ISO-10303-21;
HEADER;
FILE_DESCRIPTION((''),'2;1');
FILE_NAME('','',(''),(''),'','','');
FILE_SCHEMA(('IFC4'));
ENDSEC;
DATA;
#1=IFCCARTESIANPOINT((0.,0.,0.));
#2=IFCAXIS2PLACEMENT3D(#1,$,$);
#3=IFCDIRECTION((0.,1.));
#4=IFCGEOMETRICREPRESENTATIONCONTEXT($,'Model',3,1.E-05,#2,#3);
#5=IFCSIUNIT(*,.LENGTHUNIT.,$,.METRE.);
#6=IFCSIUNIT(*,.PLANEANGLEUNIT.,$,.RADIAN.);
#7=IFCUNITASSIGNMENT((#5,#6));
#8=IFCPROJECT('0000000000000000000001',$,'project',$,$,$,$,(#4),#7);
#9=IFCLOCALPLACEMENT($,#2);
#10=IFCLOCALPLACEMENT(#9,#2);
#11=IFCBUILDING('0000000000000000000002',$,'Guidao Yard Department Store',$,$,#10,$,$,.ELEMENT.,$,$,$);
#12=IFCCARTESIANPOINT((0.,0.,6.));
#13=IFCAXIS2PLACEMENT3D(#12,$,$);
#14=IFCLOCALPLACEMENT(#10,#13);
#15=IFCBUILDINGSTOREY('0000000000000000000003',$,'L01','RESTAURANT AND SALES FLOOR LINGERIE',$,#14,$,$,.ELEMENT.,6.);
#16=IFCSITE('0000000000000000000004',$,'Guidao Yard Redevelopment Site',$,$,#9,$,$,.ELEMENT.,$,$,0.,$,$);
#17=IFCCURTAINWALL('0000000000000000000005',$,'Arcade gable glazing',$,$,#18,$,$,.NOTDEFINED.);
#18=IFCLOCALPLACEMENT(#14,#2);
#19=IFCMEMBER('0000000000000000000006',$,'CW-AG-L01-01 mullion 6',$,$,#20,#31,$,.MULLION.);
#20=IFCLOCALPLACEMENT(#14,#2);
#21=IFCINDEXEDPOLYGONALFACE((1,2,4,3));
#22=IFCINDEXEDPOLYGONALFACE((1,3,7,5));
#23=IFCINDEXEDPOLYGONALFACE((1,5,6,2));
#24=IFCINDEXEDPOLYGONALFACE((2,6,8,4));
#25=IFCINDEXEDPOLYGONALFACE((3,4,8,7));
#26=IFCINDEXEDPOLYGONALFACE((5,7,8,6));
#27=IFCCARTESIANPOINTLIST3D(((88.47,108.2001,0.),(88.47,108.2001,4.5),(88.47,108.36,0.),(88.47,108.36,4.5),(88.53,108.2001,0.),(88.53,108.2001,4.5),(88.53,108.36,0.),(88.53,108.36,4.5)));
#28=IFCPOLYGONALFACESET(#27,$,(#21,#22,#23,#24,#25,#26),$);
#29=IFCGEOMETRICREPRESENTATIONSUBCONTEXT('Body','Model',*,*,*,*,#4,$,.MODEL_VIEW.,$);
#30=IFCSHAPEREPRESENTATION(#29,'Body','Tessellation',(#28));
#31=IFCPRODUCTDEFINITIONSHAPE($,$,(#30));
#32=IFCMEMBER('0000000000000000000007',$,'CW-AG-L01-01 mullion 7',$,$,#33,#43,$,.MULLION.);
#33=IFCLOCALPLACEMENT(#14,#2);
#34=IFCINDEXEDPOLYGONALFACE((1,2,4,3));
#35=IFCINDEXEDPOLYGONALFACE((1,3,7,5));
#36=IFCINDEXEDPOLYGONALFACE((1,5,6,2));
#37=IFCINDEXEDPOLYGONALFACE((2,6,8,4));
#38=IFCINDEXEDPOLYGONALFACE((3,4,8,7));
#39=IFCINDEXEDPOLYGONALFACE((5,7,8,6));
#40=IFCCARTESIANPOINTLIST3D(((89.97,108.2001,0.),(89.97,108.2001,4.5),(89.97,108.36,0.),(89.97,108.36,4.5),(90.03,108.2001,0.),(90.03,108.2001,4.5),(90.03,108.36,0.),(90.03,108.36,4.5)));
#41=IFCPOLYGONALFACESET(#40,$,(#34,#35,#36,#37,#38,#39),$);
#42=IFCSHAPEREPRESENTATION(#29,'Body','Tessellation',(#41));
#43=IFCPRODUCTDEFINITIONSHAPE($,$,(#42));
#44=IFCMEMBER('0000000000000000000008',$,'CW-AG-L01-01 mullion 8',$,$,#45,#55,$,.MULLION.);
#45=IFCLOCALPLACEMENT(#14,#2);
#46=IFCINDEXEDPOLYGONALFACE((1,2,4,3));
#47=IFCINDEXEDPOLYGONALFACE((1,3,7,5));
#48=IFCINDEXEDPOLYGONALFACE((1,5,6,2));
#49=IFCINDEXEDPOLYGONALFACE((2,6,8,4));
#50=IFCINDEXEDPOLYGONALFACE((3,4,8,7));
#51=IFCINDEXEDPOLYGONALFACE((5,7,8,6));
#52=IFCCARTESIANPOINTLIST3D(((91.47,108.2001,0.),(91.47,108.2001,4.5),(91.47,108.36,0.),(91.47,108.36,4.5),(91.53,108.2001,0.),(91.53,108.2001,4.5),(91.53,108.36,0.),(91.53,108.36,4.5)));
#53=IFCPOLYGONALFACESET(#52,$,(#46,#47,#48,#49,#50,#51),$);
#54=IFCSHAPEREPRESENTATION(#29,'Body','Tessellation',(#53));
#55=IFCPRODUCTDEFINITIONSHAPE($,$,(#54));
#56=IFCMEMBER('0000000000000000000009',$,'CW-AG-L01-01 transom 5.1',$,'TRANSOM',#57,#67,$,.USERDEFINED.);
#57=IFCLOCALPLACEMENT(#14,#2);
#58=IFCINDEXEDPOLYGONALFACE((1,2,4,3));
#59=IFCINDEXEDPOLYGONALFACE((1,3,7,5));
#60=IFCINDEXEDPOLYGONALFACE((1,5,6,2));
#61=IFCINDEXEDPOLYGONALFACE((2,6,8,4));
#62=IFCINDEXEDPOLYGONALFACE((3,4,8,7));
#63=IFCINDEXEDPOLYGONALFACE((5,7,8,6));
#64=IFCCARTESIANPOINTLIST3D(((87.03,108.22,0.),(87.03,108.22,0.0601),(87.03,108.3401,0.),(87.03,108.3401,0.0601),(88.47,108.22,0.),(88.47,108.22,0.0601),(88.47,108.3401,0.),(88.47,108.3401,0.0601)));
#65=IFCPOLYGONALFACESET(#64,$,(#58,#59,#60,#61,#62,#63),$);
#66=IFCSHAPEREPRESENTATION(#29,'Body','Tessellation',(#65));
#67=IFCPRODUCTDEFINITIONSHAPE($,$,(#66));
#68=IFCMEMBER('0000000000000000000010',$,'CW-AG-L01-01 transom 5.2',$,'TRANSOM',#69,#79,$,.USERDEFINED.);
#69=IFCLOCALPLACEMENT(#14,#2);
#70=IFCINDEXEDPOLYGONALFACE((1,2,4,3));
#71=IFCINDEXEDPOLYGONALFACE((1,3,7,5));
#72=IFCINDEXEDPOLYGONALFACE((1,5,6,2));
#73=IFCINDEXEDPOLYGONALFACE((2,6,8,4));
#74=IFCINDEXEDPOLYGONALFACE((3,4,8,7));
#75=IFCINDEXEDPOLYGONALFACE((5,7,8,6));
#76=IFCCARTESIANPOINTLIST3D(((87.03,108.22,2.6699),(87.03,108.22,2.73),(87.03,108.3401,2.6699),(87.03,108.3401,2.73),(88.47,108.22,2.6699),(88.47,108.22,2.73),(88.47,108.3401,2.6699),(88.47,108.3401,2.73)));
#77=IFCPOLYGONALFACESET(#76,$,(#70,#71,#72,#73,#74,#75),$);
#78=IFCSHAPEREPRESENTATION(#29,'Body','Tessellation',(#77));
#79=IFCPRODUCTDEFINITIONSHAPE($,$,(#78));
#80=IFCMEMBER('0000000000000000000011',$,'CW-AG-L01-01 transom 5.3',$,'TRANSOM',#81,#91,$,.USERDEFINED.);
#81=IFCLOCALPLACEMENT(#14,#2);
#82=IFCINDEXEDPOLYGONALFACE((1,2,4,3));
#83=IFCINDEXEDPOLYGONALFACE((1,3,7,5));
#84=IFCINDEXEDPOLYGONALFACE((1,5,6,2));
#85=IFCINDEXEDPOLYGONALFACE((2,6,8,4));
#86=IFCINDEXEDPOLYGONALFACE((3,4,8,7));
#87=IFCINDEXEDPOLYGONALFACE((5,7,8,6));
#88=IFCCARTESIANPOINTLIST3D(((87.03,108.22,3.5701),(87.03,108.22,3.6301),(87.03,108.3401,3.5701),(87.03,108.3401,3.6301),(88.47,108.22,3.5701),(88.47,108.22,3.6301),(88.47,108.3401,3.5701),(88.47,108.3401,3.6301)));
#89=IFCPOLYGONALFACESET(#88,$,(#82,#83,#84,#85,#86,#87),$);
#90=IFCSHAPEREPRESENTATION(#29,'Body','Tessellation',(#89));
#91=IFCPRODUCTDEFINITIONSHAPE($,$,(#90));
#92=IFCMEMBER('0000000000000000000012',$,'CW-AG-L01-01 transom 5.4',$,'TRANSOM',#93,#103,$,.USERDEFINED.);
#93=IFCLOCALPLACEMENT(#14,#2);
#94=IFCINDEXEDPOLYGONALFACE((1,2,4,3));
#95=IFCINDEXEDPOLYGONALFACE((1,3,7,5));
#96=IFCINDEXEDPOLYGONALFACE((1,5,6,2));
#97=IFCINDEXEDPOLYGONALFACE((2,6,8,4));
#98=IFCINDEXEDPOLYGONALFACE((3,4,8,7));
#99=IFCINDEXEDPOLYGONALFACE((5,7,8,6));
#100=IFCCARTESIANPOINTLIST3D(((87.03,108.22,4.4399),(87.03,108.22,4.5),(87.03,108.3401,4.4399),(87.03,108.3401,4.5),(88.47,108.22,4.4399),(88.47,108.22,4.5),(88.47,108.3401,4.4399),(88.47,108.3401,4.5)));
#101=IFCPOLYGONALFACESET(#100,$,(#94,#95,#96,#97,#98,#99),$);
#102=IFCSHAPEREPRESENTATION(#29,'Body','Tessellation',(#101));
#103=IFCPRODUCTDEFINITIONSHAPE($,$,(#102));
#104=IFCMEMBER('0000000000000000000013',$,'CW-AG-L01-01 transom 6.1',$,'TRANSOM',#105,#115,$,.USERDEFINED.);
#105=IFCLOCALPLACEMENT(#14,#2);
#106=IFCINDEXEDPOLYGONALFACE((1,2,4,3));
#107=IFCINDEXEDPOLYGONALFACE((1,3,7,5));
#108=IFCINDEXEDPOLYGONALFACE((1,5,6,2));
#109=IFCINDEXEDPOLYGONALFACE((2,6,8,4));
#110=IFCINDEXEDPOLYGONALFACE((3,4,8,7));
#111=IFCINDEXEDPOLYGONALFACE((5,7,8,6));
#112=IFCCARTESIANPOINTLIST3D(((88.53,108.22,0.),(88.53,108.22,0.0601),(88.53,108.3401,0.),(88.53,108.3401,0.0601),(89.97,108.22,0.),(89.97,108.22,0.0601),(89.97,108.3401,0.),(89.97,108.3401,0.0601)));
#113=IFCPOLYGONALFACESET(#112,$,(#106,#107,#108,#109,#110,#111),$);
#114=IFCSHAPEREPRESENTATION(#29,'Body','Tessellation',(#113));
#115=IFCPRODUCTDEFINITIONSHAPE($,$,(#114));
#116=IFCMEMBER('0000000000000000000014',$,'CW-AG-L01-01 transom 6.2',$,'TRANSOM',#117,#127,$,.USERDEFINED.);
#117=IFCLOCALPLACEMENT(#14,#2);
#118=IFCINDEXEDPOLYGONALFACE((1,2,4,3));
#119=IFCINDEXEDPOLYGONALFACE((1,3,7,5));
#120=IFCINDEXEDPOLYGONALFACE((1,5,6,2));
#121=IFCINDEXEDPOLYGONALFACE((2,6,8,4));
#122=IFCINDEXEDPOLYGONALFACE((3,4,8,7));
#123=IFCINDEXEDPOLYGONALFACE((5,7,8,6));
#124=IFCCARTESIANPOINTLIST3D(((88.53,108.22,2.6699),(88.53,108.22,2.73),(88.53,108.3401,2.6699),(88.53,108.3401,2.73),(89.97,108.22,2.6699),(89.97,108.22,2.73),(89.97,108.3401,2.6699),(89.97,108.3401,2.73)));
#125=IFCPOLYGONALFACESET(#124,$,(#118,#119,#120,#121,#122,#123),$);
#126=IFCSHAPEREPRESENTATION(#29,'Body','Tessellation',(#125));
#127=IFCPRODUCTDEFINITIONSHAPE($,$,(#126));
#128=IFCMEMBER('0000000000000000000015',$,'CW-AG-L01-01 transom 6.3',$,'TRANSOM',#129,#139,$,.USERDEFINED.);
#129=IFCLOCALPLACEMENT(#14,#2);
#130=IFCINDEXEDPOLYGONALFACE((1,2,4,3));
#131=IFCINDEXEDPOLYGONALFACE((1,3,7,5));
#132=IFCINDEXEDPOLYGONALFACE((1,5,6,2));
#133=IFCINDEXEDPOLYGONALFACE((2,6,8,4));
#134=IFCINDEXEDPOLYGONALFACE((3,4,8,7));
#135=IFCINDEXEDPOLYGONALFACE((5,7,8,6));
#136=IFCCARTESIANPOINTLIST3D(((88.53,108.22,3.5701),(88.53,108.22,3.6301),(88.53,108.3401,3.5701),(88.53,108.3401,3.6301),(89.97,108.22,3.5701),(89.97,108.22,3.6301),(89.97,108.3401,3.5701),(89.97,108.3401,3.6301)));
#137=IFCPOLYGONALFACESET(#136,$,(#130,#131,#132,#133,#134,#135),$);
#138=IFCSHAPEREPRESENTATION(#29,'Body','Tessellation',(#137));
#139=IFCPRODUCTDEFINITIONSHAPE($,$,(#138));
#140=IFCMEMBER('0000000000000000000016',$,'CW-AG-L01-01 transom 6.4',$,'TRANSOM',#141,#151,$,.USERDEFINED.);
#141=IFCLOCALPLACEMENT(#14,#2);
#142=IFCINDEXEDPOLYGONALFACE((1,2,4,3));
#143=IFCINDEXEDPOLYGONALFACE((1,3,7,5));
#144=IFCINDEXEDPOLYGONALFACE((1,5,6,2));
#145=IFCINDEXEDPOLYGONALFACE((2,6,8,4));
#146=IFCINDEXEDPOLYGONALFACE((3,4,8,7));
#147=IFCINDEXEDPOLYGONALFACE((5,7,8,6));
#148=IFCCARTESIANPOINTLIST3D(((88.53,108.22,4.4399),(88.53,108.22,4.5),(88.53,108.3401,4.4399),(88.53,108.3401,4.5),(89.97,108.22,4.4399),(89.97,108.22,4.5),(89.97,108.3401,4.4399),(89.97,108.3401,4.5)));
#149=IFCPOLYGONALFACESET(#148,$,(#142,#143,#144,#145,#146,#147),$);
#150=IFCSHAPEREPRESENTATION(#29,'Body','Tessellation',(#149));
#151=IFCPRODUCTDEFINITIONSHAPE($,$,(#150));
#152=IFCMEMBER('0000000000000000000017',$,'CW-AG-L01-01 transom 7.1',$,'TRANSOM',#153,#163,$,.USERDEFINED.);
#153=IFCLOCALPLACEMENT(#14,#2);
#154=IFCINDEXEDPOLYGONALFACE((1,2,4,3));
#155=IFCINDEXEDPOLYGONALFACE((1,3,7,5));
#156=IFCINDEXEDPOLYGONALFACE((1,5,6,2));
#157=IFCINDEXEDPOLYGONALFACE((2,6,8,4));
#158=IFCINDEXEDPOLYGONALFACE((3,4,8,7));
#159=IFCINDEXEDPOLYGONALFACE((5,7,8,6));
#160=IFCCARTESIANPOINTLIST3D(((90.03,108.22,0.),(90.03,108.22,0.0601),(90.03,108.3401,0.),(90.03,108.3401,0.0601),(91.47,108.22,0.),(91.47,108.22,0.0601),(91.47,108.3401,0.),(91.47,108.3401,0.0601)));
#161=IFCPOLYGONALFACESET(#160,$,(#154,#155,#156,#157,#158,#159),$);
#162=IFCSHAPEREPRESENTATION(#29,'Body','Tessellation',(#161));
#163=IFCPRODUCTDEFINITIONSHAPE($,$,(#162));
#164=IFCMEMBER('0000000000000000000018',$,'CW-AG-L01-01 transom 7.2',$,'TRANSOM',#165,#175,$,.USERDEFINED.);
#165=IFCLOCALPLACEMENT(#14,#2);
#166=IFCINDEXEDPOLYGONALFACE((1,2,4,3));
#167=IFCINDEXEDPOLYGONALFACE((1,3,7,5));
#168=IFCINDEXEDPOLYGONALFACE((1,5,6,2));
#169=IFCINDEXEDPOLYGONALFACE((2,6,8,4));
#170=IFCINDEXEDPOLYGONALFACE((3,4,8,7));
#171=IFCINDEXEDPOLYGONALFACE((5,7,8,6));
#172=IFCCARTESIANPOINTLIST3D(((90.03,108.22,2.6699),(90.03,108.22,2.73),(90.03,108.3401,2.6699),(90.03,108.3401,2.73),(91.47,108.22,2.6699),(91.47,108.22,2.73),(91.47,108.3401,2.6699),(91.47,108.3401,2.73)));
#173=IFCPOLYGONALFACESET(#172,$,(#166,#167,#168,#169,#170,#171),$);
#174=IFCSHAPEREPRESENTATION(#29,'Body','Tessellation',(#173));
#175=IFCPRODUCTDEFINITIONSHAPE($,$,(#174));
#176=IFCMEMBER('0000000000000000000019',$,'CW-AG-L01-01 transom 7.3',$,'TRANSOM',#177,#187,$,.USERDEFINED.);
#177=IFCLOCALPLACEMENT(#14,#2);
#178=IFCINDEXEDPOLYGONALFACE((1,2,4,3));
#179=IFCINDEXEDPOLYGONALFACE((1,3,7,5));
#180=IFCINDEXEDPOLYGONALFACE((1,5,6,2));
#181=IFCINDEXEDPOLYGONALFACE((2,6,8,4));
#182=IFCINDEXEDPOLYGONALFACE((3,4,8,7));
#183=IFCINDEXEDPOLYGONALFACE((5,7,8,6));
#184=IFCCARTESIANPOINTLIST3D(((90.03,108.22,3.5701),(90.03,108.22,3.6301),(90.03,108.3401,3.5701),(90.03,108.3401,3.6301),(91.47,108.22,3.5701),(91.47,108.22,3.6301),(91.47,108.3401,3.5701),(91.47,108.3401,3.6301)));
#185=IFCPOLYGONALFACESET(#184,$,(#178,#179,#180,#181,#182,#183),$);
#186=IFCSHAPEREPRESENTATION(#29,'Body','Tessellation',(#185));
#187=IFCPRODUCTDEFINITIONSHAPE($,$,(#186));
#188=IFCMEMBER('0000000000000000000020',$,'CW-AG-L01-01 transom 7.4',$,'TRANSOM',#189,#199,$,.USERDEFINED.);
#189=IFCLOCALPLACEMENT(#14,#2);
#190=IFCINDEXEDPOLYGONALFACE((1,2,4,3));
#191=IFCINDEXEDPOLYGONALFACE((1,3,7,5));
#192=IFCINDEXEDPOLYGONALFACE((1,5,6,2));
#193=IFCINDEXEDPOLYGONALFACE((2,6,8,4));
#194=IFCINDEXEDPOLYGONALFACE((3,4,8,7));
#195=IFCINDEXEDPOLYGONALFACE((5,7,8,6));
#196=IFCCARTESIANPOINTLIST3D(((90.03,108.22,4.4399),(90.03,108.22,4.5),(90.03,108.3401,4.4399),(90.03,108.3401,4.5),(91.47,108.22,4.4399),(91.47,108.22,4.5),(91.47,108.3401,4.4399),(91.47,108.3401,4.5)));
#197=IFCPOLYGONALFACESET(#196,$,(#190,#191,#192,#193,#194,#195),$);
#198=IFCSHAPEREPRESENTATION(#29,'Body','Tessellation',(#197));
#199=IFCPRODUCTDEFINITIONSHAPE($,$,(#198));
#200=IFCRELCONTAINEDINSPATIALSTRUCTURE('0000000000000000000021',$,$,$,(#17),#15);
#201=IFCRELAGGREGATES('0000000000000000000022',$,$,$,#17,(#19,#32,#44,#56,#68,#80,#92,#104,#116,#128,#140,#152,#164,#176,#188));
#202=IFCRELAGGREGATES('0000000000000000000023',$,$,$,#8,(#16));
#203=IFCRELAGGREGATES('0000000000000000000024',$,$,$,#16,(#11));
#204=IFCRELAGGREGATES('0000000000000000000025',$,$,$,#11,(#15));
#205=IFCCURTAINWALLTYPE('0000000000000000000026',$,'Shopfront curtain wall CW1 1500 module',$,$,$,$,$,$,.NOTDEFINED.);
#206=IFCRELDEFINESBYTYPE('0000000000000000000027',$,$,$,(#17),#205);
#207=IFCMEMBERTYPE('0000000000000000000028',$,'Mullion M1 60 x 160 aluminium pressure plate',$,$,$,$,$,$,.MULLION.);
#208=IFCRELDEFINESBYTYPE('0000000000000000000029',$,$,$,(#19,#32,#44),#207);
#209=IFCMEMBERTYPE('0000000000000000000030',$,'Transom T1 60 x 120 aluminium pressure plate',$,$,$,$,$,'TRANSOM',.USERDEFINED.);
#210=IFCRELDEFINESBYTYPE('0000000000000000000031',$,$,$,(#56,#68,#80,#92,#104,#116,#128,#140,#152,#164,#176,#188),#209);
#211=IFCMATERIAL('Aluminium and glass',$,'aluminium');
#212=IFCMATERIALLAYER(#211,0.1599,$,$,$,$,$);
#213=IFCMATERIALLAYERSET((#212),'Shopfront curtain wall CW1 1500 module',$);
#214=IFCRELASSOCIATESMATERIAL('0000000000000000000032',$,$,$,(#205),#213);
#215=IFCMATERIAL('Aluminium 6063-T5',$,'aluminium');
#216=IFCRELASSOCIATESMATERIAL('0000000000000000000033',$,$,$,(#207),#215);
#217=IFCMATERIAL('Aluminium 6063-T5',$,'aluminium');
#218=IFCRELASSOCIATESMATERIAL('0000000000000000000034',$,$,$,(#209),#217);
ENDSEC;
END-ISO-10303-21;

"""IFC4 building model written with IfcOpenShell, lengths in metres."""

from ifc_helpers import new_model, si_unit, direction, frame, origin, origin_2d, place, context, subcontext, project, spatial, rectangle, extrude, material, layer, layer_set, material_profile, profile_set, type_object, element, aggregate, save


model = new_model("IFC4")

# Units and contexts
model_context = context("Model", 3, precision=1e-05, world=origin(), true_north=direction((0.0, 1.0)))
body_context = subcontext(model_context, "Body", "Model", "MODEL_VIEW")
ifc_project = project(units=[si_unit("LENGTHUNIT", "METRE"), si_unit("PLANEANGLEUNIT", "RADIAN")], contexts=[model_context])

# Site, building, storey
site_placement = place(None, origin())
site = spatial("IfcSite", under=ifc_project, at=site_placement, Name="Guidao Yard Redevelopment Site", CompositionType="ELEMENT", RefElevation=0.0)
building_placement = place(site_placement, origin())
building = spatial("IfcBuilding", under=site, at=building_placement, Name="Guidao Yard Department Store", CompositionType="ELEMENT")
storey_placement = place(building_placement, frame((0.0, 0.0, 6.0)))
storey = spatial("IfcBuildingStorey", under=building, at=storey_placement, Name="L01", Description="RESTAURANT AND SALES FLOOR LINGERIE", CompositionType="ELEMENT", Elevation=6.0)

# Curtain wall, members
ifc_material_1 = material(Name="Aluminium and glass", Category="aluminium")
ifc_layer_1 = layer(ifc_material_1, 0.1599)
ifc_layer_set_1 = layer_set([ifc_layer_1], Name="Shopfront curtain wall CW1 1500 module")
curtain_wall_type = type_object("IfcCurtainWallType", Name="Shopfront curtain wall CW1 1500 module", PredefinedType="NOTDEFINED", material=ifc_layer_set_1)
curtain_wall_placement = place(storey_placement, origin())
curtain_wall = element("IfcCurtainWall", 1, at=curtain_wall_placement, inside=storey, type_object=curtain_wall_type, Name="Arcade gable glazing", PredefinedType="NOTDEFINED")
ifc_material_2 = material(Name="Aluminium 6063-T5", Category="aluminium")
ifc_material_profile_1 = material_profile(ifc_material_2, rectangle(XDim=0.0601, YDim=0.1599, at=origin_2d()), Name="Mullion M1 60 x 160 aluminium pressure plate")
ifc_profile_set_1 = profile_set([ifc_material_profile_1], Name="Aluminium 6063-T5")
member_type_1 = type_object("IfcMemberType", Name="Mullion M1 60 x 160 aluminium pressure plate", PredefinedType="MULLION", material=ifc_profile_set_1)
member_1_placement = place(storey_placement, frame((88.5, 108.28, 0.0), z_axis=(0.0, 0.0, 1.0), x_axis=(1.0, 0.0, 0.0)))
member_1 = element("IfcMember", 2, at=member_1_placement, type_object=member_type_1, Name="CW-AG-L01-01 mullion 6", PredefinedType="MULLION", context=body_context, shape_type="SweptSolid", body=[
    extrude(rectangle(XDim=0.0601, YDim=0.1599, at=origin_2d()), origin(), (0.0, 0.0, 1.0), 4.5),
])
member_2_placement = place(storey_placement, frame((90.0, 108.28, 0.0), z_axis=(0.0, 0.0, 1.0), x_axis=(1.0, 0.0, 0.0)))
member_2 = element("IfcMember", 3, at=member_2_placement, type_object=member_type_1, Name="CW-AG-L01-01 mullion 7", PredefinedType="MULLION", context=body_context, shape_type="SweptSolid", body=[
    extrude(rectangle(XDim=0.0601, YDim=0.1599, at=origin_2d()), origin(), (0.0, 0.0, 1.0), 4.5),
])
member_3_placement = place(storey_placement, frame((91.5, 108.28, 0.0), z_axis=(0.0, 0.0, 1.0), x_axis=(1.0, 0.0, 0.0)))
member_3 = element("IfcMember", 4, at=member_3_placement, type_object=member_type_1, Name="CW-AG-L01-01 mullion 8", PredefinedType="MULLION", context=body_context, shape_type="SweptSolid", body=[
    extrude(rectangle(XDim=0.0601, YDim=0.1599, at=origin_2d()), origin(), (0.0, 0.0, 1.0), 4.5),
])
ifc_material_3 = material(Name="Aluminium 6063-T5", Category="aluminium")
ifc_material_profile_2 = material_profile(ifc_material_3, rectangle(XDim=0.1201, YDim=0.0601, at=origin_2d()), Name="Transom T1 60 x 120 aluminium pressure plate")
ifc_profile_set_2 = profile_set([ifc_material_profile_2], Name="Aluminium 6063-T5")
member_type_2 = type_object("IfcMemberType", Name="Transom T1 60 x 120 aluminium pressure plate", ElementType="TRANSOM", PredefinedType="USERDEFINED", material=ifc_profile_set_2)
member_4_placement = place(storey_placement, frame((87.03, 108.28, 0.03), z_axis=(1.0, 0.0, 0.0), x_axis=(0.0, 1.0, 0.0)))
member_4 = element("IfcMember", 5, at=member_4_placement, type_object=member_type_2, Name="CW-AG-L01-01 transom 5.1", ObjectType="TRANSOM", PredefinedType="USERDEFINED", context=body_context, shape_type="SweptSolid", body=[
    extrude(rectangle(XDim=0.1201, YDim=0.0601, at=origin_2d()), origin(), (0.0, 0.0, 1.0), 1.4399),
])
member_5_placement = place(storey_placement, frame((87.03, 108.28, 2.7), z_axis=(1.0, 0.0, 0.0), x_axis=(0.0, 1.0, 0.0)))
member_5 = element("IfcMember", 6, at=member_5_placement, type_object=member_type_2, Name="CW-AG-L01-01 transom 5.2", ObjectType="TRANSOM", PredefinedType="USERDEFINED", context=body_context, shape_type="SweptSolid", body=[
    extrude(rectangle(XDim=0.1201, YDim=0.0601, at=origin_2d()), origin(), (0.0, 0.0, 1.0), 1.4399),
])
member_6_placement = place(storey_placement, frame((87.03, 108.28, 3.6001), z_axis=(1.0, 0.0, 0.0), x_axis=(0.0, 1.0, 0.0)))
member_6 = element("IfcMember", 7, at=member_6_placement, type_object=member_type_2, Name="CW-AG-L01-01 transom 5.3", ObjectType="TRANSOM", PredefinedType="USERDEFINED", context=body_context, shape_type="SweptSolid", body=[
    extrude(rectangle(XDim=0.1201, YDim=0.0601, at=origin_2d()), origin(), (0.0, 0.0, 1.0), 1.4399),
])
member_7_placement = place(storey_placement, frame((87.03, 108.28, 4.47), z_axis=(1.0, 0.0, 0.0), x_axis=(0.0, 1.0, 0.0)))
member_7 = element("IfcMember", 8, at=member_7_placement, type_object=member_type_2, Name="CW-AG-L01-01 transom 5.4", ObjectType="TRANSOM", PredefinedType="USERDEFINED", context=body_context, shape_type="SweptSolid", body=[
    extrude(rectangle(XDim=0.1201, YDim=0.0601, at=origin_2d()), origin(), (0.0, 0.0, 1.0), 1.4399),
])
member_8_placement = place(storey_placement, frame((88.53, 108.28, 0.03), z_axis=(1.0, 0.0, 0.0), x_axis=(0.0, 1.0, 0.0)))
member_8 = element("IfcMember", 9, at=member_8_placement, type_object=member_type_2, Name="CW-AG-L01-01 transom 6.1", ObjectType="TRANSOM", PredefinedType="USERDEFINED", context=body_context, shape_type="SweptSolid", body=[
    extrude(rectangle(XDim=0.1201, YDim=0.0601, at=origin_2d()), origin(), (0.0, 0.0, 1.0), 1.4399),
])
member_9_placement = place(storey_placement, frame((88.53, 108.28, 2.7), z_axis=(1.0, 0.0, 0.0), x_axis=(0.0, 1.0, 0.0)))
member_9 = element("IfcMember", 10, at=member_9_placement, type_object=member_type_2, Name="CW-AG-L01-01 transom 6.2", ObjectType="TRANSOM", PredefinedType="USERDEFINED", context=body_context, shape_type="SweptSolid", body=[
    extrude(rectangle(XDim=0.1201, YDim=0.0601, at=origin_2d()), origin(), (0.0, 0.0, 1.0), 1.4399),
])
member_10_placement = place(storey_placement, frame((88.53, 108.28, 3.6001), z_axis=(1.0, 0.0, 0.0), x_axis=(0.0, 1.0, 0.0)))
member_10 = element("IfcMember", 11, at=member_10_placement, type_object=member_type_2, Name="CW-AG-L01-01 transom 6.3", ObjectType="TRANSOM", PredefinedType="USERDEFINED", context=body_context, shape_type="SweptSolid", body=[
    extrude(rectangle(XDim=0.1201, YDim=0.0601, at=origin_2d()), origin(), (0.0, 0.0, 1.0), 1.4399),
])
member_11_placement = place(storey_placement, frame((88.53, 108.28, 4.47), z_axis=(1.0, 0.0, 0.0), x_axis=(0.0, 1.0, 0.0)))
member_11 = element("IfcMember", 12, at=member_11_placement, type_object=member_type_2, Name="CW-AG-L01-01 transom 6.4", ObjectType="TRANSOM", PredefinedType="USERDEFINED", context=body_context, shape_type="SweptSolid", body=[
    extrude(rectangle(XDim=0.1201, YDim=0.0601, at=origin_2d()), origin(), (0.0, 0.0, 1.0), 1.4399),
])
member_12_placement = place(storey_placement, frame((90.03, 108.28, 0.03), z_axis=(1.0, 0.0, 0.0), x_axis=(0.0, 1.0, 0.0)))
member_12 = element("IfcMember", 13, at=member_12_placement, type_object=member_type_2, Name="CW-AG-L01-01 transom 7.1", ObjectType="TRANSOM", PredefinedType="USERDEFINED", context=body_context, shape_type="SweptSolid", body=[
    extrude(rectangle(XDim=0.1201, YDim=0.0601, at=origin_2d()), origin(), (0.0, 0.0, 1.0), 1.4399),
])
member_13_placement = place(storey_placement, frame((90.03, 108.28, 2.7), z_axis=(1.0, 0.0, 0.0), x_axis=(0.0, 1.0, 0.0)))
member_13 = element("IfcMember", 14, at=member_13_placement, type_object=member_type_2, Name="CW-AG-L01-01 transom 7.2", ObjectType="TRANSOM", PredefinedType="USERDEFINED", context=body_context, shape_type="SweptSolid", body=[
    extrude(rectangle(XDim=0.1201, YDim=0.0601, at=origin_2d()), origin(), (0.0, 0.0, 1.0), 1.4399),
])
member_14_placement = place(storey_placement, frame((90.03, 108.28, 3.6001), z_axis=(1.0, 0.0, 0.0), x_axis=(0.0, 1.0, 0.0)))
member_14 = element("IfcMember", 15, at=member_14_placement, type_object=member_type_2, Name="CW-AG-L01-01 transom 7.3", ObjectType="TRANSOM", PredefinedType="USERDEFINED", context=body_context, shape_type="SweptSolid", body=[
    extrude(rectangle(XDim=0.1201, YDim=0.0601, at=origin_2d()), origin(), (0.0, 0.0, 1.0), 1.4399),
])
member_15_placement = place(storey_placement, frame((90.03, 108.28, 4.47), z_axis=(1.0, 0.0, 0.0), x_axis=(0.0, 1.0, 0.0)))
member_15 = element("IfcMember", 16, at=member_15_placement, type_object=member_type_2, Name="CW-AG-L01-01 transom 7.4", ObjectType="TRANSOM", PredefinedType="USERDEFINED", context=body_context, shape_type="SweptSolid", body=[
    extrude(rectangle(XDim=0.1201, YDim=0.0601, at=origin_2d()), origin(), (0.0, 0.0, 1.0), 1.4399),
])
aggregate(curtain_wall, [member_1, member_2, member_3, member_4, member_5, member_6, member_7, member_8, member_9, member_10, member_11, member_12, member_13, member_14, member_15])

save(model, "model.ifc")
